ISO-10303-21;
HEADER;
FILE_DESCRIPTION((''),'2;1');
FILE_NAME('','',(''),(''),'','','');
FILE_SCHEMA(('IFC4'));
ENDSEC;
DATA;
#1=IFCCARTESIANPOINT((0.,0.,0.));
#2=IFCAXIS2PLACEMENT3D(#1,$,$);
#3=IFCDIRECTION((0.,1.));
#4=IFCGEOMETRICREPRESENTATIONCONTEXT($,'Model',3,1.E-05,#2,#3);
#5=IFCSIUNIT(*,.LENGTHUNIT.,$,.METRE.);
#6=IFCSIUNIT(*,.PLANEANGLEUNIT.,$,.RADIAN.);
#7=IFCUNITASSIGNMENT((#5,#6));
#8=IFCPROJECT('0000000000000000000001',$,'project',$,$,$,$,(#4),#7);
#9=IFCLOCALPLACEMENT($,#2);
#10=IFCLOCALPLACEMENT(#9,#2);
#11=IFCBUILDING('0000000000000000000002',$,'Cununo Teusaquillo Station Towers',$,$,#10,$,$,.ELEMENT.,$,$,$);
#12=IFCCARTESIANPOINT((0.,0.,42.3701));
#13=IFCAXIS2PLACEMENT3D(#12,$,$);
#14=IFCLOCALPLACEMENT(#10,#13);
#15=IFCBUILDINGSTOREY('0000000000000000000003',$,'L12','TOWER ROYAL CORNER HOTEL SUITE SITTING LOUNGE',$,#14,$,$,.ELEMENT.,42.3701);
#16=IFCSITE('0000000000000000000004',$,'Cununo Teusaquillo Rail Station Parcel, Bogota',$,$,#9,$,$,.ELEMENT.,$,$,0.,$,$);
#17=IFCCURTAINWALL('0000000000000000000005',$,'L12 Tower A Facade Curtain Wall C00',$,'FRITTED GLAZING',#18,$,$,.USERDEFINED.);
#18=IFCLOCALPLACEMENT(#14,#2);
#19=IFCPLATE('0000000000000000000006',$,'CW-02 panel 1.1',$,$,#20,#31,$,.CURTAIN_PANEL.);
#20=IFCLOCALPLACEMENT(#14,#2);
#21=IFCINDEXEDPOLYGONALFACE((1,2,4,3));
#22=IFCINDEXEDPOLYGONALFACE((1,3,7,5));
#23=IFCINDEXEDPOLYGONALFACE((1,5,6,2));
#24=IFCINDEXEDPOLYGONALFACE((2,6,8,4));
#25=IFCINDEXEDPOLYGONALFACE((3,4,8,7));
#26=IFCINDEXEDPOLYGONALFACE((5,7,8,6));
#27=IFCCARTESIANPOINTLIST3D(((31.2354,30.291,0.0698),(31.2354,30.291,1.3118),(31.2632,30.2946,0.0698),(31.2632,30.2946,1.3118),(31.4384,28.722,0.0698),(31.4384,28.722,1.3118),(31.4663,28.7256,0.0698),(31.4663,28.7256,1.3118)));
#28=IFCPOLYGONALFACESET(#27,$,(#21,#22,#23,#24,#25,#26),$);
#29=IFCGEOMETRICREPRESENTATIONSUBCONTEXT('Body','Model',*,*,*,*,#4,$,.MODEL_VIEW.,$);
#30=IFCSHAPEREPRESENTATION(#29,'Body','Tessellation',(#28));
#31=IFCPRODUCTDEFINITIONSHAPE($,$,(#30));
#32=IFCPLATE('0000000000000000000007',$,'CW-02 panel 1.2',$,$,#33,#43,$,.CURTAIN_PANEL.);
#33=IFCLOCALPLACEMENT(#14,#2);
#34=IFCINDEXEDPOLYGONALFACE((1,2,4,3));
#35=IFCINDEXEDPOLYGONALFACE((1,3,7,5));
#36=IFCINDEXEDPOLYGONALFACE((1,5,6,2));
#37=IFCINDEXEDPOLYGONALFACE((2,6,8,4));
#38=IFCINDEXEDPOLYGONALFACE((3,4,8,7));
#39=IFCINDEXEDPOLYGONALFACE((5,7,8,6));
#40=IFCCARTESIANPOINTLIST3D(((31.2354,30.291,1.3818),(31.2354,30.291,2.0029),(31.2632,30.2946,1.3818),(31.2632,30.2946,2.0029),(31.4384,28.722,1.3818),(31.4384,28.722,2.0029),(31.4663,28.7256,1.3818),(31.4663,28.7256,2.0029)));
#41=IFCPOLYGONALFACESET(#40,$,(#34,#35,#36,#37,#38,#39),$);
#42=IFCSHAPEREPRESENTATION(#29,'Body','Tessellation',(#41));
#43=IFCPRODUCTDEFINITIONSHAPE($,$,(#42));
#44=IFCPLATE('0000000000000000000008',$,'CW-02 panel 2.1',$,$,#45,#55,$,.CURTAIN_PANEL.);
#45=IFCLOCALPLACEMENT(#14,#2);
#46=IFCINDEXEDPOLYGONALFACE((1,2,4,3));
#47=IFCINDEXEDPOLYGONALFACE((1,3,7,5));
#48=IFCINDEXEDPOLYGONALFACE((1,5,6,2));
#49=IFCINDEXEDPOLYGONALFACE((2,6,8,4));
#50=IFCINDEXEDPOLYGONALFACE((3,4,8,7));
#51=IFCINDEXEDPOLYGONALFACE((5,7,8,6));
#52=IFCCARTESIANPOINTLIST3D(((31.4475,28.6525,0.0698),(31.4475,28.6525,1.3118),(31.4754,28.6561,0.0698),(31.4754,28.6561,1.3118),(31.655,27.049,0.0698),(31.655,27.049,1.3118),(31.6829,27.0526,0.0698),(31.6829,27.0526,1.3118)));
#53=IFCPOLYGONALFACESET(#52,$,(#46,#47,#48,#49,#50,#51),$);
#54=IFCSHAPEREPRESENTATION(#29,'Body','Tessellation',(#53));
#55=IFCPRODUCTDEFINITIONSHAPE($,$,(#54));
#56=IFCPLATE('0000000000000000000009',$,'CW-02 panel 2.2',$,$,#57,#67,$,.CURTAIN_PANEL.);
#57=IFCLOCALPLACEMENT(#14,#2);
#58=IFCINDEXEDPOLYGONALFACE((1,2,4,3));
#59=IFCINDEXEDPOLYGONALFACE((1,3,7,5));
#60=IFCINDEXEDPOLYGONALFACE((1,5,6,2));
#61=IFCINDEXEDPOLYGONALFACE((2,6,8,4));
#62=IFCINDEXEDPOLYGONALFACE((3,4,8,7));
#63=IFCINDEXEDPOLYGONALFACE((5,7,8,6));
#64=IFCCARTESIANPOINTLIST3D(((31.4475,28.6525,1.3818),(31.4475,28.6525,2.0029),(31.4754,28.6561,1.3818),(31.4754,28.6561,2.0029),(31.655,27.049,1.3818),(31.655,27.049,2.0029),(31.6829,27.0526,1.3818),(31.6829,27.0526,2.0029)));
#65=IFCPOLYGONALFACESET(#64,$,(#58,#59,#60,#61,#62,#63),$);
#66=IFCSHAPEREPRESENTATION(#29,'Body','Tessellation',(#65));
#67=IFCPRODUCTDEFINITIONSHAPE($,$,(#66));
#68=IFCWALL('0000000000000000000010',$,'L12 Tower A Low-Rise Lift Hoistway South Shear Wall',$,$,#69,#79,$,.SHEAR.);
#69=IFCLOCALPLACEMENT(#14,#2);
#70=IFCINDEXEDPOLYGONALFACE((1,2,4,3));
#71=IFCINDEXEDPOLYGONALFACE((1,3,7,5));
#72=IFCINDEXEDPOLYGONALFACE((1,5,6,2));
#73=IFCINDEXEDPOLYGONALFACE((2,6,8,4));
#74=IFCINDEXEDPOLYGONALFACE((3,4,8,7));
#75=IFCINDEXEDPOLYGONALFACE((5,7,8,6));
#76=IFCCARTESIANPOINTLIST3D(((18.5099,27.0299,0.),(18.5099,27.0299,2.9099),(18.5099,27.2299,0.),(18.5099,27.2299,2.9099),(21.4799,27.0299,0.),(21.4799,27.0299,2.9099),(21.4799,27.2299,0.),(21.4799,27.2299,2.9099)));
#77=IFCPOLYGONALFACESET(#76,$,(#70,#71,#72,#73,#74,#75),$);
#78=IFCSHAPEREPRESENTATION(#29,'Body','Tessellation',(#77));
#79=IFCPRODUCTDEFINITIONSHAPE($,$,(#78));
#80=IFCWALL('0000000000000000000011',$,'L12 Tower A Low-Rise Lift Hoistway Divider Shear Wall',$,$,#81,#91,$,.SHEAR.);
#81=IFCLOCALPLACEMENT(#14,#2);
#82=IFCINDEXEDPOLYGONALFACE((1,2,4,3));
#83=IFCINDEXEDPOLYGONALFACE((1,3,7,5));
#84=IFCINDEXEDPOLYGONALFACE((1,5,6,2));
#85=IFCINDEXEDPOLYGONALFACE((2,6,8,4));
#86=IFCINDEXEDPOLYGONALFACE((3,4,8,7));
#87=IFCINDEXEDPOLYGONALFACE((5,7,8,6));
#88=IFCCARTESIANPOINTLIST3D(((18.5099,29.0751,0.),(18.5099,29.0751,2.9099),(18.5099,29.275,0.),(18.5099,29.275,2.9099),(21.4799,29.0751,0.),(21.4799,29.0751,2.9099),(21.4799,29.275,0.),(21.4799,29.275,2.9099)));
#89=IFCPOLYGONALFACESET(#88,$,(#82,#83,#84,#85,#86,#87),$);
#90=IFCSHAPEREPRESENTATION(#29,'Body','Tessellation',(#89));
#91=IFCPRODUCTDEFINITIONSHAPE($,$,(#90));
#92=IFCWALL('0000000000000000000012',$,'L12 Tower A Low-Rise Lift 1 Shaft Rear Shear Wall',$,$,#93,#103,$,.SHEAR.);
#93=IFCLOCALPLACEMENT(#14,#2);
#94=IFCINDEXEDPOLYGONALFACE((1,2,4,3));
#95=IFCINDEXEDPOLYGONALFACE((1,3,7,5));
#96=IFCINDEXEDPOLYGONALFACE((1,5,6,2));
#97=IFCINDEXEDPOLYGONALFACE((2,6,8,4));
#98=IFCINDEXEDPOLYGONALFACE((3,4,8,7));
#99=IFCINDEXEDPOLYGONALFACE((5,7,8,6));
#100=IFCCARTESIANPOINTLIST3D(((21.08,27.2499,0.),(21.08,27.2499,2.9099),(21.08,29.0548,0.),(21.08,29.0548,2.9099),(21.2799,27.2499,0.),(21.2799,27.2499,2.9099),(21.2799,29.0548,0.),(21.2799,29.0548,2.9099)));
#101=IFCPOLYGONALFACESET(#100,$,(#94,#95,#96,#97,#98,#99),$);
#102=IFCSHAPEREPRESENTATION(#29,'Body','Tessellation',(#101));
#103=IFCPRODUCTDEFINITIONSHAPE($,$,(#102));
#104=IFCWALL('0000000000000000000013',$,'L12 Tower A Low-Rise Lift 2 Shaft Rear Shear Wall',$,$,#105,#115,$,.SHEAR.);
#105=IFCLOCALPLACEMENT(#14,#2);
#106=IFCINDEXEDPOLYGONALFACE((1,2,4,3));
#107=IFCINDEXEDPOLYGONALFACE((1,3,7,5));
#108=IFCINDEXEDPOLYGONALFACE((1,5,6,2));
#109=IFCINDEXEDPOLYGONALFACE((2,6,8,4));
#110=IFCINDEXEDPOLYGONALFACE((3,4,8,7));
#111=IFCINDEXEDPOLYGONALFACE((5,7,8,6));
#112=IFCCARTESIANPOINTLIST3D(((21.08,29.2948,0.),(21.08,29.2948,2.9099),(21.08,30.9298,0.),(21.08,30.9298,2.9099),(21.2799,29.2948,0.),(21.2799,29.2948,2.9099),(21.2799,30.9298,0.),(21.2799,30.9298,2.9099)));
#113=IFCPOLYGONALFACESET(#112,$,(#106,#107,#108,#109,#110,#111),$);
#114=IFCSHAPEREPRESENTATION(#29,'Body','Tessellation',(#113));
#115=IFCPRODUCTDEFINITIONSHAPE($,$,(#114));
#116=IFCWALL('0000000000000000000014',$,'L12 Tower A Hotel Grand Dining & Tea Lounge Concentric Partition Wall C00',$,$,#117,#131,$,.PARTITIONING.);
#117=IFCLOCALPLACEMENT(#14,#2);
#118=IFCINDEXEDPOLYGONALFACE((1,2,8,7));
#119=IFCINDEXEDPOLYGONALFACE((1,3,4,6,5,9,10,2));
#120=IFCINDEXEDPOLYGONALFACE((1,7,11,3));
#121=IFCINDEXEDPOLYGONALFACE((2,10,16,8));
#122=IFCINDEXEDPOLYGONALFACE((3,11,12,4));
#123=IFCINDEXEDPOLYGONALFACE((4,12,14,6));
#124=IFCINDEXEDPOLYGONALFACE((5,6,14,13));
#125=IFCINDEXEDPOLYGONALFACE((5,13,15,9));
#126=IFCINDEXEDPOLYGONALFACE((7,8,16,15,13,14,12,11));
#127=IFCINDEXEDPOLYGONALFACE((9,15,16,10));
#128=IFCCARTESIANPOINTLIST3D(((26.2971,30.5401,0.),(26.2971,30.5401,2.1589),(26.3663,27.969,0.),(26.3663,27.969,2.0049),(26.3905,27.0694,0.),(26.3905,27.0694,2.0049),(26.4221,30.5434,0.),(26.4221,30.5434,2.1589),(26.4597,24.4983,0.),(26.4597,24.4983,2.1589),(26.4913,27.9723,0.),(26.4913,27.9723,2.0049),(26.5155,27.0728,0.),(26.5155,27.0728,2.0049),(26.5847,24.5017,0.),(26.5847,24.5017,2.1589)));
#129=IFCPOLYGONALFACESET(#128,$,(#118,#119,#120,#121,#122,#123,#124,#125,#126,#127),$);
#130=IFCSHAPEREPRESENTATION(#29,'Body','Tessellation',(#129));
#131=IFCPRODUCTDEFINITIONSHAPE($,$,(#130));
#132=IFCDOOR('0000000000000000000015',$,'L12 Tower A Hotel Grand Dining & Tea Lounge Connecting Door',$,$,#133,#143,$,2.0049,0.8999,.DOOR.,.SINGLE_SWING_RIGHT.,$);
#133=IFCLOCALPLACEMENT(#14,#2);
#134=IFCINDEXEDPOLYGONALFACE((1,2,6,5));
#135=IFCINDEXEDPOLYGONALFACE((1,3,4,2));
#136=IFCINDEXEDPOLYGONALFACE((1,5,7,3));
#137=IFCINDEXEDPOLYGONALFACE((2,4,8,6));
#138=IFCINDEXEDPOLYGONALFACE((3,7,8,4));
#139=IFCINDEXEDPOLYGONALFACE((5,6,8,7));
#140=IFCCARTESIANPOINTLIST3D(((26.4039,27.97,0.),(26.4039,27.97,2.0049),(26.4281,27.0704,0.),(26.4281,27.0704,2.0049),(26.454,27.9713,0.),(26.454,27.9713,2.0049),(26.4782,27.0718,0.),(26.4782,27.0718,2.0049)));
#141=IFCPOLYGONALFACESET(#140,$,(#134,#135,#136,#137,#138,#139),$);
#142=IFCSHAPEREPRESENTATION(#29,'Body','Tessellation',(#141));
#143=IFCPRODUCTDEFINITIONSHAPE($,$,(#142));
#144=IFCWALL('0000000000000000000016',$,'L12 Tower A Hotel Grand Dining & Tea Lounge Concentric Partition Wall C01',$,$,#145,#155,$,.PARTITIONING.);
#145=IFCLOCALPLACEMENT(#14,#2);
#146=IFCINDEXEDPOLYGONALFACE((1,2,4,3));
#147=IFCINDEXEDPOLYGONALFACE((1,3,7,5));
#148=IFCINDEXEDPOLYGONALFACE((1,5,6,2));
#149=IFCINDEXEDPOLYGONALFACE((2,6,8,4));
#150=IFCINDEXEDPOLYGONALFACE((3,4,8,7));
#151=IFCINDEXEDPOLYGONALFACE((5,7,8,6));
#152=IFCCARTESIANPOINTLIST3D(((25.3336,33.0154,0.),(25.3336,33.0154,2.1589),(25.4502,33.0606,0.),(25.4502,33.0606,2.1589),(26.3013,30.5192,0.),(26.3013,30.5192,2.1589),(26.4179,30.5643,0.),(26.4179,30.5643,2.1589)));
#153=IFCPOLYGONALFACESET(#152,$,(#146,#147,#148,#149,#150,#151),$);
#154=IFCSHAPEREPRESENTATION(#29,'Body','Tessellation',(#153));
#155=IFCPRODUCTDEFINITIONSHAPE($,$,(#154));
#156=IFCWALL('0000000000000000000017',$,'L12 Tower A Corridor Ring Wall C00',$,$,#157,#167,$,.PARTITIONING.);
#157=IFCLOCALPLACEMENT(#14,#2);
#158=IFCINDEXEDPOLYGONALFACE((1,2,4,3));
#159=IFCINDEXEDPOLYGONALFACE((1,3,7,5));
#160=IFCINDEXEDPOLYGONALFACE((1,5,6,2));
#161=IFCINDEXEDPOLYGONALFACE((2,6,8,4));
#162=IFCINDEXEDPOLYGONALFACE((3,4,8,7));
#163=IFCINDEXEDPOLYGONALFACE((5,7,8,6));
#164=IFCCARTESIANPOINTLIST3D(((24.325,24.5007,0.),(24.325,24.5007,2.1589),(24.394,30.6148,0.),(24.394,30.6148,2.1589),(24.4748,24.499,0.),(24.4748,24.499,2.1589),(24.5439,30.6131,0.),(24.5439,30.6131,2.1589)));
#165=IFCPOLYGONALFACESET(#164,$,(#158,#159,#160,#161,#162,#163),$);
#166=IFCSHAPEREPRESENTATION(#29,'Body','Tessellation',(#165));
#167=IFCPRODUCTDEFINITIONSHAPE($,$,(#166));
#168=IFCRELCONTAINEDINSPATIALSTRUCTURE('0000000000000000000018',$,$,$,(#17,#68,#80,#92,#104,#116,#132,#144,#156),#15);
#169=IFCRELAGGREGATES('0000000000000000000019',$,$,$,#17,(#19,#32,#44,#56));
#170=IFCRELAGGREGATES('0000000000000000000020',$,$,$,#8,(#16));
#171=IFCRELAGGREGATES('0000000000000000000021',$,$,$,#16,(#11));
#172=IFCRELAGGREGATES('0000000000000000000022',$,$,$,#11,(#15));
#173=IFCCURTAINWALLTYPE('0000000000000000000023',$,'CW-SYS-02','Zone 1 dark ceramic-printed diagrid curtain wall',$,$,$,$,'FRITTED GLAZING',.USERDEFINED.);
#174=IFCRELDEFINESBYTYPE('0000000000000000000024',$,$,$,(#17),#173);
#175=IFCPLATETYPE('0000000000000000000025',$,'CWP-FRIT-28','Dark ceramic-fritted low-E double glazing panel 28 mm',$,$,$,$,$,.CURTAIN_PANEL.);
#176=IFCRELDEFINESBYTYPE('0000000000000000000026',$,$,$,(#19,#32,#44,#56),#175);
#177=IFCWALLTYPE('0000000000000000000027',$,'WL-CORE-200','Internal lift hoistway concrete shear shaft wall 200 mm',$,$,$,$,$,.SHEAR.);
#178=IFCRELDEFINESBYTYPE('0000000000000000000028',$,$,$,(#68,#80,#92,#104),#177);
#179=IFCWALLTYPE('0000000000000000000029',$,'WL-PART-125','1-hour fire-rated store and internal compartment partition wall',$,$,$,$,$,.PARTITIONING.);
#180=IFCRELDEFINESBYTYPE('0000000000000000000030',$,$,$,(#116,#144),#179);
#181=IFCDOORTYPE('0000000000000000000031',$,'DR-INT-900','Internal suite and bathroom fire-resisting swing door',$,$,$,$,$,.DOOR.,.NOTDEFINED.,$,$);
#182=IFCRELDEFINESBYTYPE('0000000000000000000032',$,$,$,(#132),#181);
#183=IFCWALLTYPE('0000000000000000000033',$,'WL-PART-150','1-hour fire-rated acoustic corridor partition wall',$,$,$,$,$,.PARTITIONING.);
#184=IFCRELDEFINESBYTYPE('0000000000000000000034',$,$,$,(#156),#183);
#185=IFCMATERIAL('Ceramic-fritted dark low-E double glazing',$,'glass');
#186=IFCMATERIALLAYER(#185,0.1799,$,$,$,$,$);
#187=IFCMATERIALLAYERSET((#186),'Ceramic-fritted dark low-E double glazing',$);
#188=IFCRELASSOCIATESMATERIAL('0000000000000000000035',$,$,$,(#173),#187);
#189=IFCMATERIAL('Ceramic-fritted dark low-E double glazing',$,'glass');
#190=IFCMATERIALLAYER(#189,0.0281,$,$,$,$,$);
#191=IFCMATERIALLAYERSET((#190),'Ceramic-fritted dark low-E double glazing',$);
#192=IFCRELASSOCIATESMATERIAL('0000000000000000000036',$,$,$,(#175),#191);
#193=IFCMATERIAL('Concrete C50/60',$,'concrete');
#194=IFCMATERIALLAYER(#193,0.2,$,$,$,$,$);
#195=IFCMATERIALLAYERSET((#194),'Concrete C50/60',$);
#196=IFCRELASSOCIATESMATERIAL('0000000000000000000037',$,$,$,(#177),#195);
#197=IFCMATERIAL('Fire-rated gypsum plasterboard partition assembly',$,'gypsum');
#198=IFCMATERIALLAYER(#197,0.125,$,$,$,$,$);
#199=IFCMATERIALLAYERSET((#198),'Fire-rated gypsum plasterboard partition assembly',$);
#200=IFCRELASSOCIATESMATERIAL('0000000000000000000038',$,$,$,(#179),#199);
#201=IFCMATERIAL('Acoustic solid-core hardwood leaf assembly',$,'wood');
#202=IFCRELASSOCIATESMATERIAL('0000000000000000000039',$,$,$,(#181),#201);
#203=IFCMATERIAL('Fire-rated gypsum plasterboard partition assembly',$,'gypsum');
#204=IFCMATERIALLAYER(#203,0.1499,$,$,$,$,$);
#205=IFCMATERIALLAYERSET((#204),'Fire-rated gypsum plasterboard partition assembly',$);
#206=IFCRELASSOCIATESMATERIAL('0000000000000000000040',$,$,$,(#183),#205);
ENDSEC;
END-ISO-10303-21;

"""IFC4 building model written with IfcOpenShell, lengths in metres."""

from ifc_helpers import new_model, si_unit, direction, frame, frame_2d, origin, origin_2d, place, context, subcontext, project, spatial, rectangle, extrude, source, transform, mapped, material, layer, layer_set, type_object, element, fill, aggregate, save


model = new_model("IFC4")

# Units and contexts
model_context = context("Model", 3, precision=1e-05, world=origin(), true_north=direction((0.0, 1.0)))
body_context = subcontext(model_context, "Body", "Model", "MODEL_VIEW")
ifc_project = project(units=[si_unit("LENGTHUNIT", "METRE"), si_unit("PLANEANGLEUNIT", "RADIAN")], contexts=[model_context])

# Site, building, storey
site_placement = place(None, origin())
site = spatial("IfcSite", under=ifc_project, at=site_placement, Name="Cununo Teusaquillo Rail Station Parcel, Bogota", CompositionType="ELEMENT", RefElevation=0.0)
building_placement = place(site_placement, origin())
building = spatial("IfcBuilding", under=site, at=building_placement, Name="Cununo Teusaquillo Station Towers", CompositionType="ELEMENT")
storey_placement = place(building_placement, frame((0.0, 0.0, 42.3701)))
storey = spatial("IfcBuildingStorey", under=building, at=storey_placement, Name="L12", Description="TOWER ROYAL CORNER HOTEL SUITE SITTING LOUNGE", CompositionType="ELEMENT", Elevation=42.3701)

# Curtain wall, plates
ifc_material_1 = material(Name="Ceramic-fritted dark low-E double glazing", Category="glass")
ifc_layer_1 = layer(ifc_material_1, 0.1799)
ifc_layer_set_1 = layer_set([ifc_layer_1], Name="Ceramic-fritted dark low-E double glazing")
curtain_wall_type = type_object("IfcCurtainWallType", Name="CW-SYS-02", Description="Zone 1 dark ceramic-printed diagrid curtain wall", ElementType="FRITTED GLAZING", PredefinedType="USERDEFINED", material=ifc_layer_set_1)
curtain_wall_placement = place(storey_placement, origin())
curtain_wall = element("IfcCurtainWall", 1, at=curtain_wall_placement, inside=storey, type_object=curtain_wall_type, Name="L12 Tower A Facade Curtain Wall C00", ObjectType="FRITTED GLAZING", PredefinedType="USERDEFINED")
ifc_material_2 = material(Name="Ceramic-fritted dark low-E double glazing", Category="glass")
ifc_layer_2 = layer(ifc_material_2, 0.0281)
ifc_layer_set_2 = layer_set([ifc_layer_2], Name="Ceramic-fritted dark low-E double glazing")
plate_type = type_object("IfcPlateType", Name="CWP-FRIT-28", Description="Dark ceramic-fritted low-E double glazing panel 28 mm", PredefinedType="CURTAIN_PANEL", material=ifc_layer_set_2)
shared_shape_1 = source(origin(), body_context, "Body", "SweptSolid", [
    extrude(rectangle(XDim=1.582, YDim=0.0281, at=origin_2d()), origin(), (0.0, 0.0, 1.0), 1.2419),
])
plate_1_placement = place(storey_placement, frame((31.3508, 29.5083, 0.0698), z_axis=(0.0, 0.0, 1.0), x_axis=(0.128336, -0.991731, 0.0)))
plate_1 = element("IfcPlate", 2, at=plate_1_placement, type_object=plate_type, Name="CW-02 panel 1.1", PredefinedType="CURTAIN_PANEL", context=body_context, shape_type="MappedRepresentation", body=[
    mapped(shared_shape_1, transform((0.0, 0.0, 0.0), x_axis=(1.0, 0.0, 0.0), y_axis=(0.0, 1.0, 0.0), z_axis=(0.0, 0.0, 1.0), scale=1.0)),
])
shared_shape_2 = source(origin(), body_context, "Body", "SweptSolid", [
    extrude(rectangle(XDim=1.582, YDim=0.0281, at=origin_2d()), origin(), (0.0, 0.0, 1.0), 0.6211),
])
plate_2_placement = place(storey_placement, frame((31.3508, 29.5083, 1.3818), z_axis=(0.0, 0.0, 1.0), x_axis=(0.128336, -0.991731, 0.0)))
plate_2 = element("IfcPlate", 3, at=plate_2_placement, type_object=plate_type, Name="CW-02 panel 1.2", PredefinedType="CURTAIN_PANEL", context=body_context, shape_type="MappedRepresentation", body=[
    mapped(shared_shape_2, transform((0.0, 0.0, 0.0), x_axis=(1.0, 0.0, 0.0), y_axis=(0.0, 1.0, 0.0), z_axis=(0.0, 0.0, 1.0), scale=1.0)),
])
shared_shape_3 = source(origin(), body_context, "Body", "SweptSolid", [
    extrude(rectangle(XDim=1.6169, YDim=0.0281, at=origin_2d()), origin(), (0.0, 0.0, 1.0), 1.2419),
])
plate_3_placement = place(storey_placement, frame((31.5652, 27.8525, 0.0698), z_axis=(0.0, 0.0, 1.0), x_axis=(0.128336, -0.991731, 0.0)))
plate_3 = element("IfcPlate", 4, at=plate_3_placement, type_object=plate_type, Name="CW-02 panel 2.1", PredefinedType="CURTAIN_PANEL", context=body_context, shape_type="MappedRepresentation", body=[
    mapped(shared_shape_3, transform((0.0, 0.0, 0.0), x_axis=(1.0, 0.0, 0.0), y_axis=(0.0, 1.0, 0.0), z_axis=(0.0, 0.0, 1.0), scale=1.0)),
])
shared_shape_4 = source(origin(), body_context, "Body", "SweptSolid", [
    extrude(rectangle(XDim=1.6169, YDim=0.0281, at=origin_2d()), origin(), (0.0, 0.0, 1.0), 0.6211),
])
plate_4_placement = place(storey_placement, frame((31.5652, 27.8525, 1.3818), z_axis=(0.0, 0.0, 1.0), x_axis=(0.128336, -0.991731, 0.0)))
plate_4 = element("IfcPlate", 5, at=plate_4_placement, type_object=plate_type, Name="CW-02 panel 2.2", PredefinedType="CURTAIN_PANEL", context=body_context, shape_type="MappedRepresentation", body=[
    mapped(shared_shape_4, transform((0.0, 0.0, 0.0), x_axis=(1.0, 0.0, 0.0), y_axis=(0.0, 1.0, 0.0), z_axis=(0.0, 0.0, 1.0), scale=1.0)),
])
aggregate(curtain_wall, [plate_1, plate_2, plate_3, plate_4])

# Walls
ifc_material_3 = material(Name="Concrete C50/60", Category="concrete")
ifc_layer_3 = layer(ifc_material_3, 0.2)
ifc_layer_set_3 = layer_set([ifc_layer_3], Name="Concrete C50/60")
wall_type_1 = type_object("IfcWallType", Name="WL-CORE-200", Description="Internal lift hoistway concrete shear shaft wall 200 mm", PredefinedType="SHEAR", material=ifc_layer_set_3)
for number, where, z_axis, x_axis, name in (
    (6, (18.51, 27.1299, 0.0), (0.0, 0.0, 1.0), (1.0, 0.0, 0.0), "L12 Tower A Low-Rise Lift Hoistway South Shear Wall"),
    (7, (18.51, 29.175, 0.0), (0.0, 0.0, 1.0), (1.0, 0.0, 0.0), "L12 Tower A Low-Rise Lift Hoistway Divider Shear Wall"),
):
    element("IfcWall", number, at=place(storey_placement, frame(where, z_axis=z_axis, x_axis=x_axis)), inside=storey, type_object=wall_type_1, Name=name, PredefinedType="SHEAR", context=body_context, shape_type="SweptSolid", body=[
        extrude(rectangle(XDim=2.97, YDim=0.2, at=frame_2d((1.4849, 0.0))), origin(), (0.0, 0.0, 1.0), 2.9099),
    ])
wall_1_placement = place(storey_placement, frame((21.1799, 27.25, 0.0), z_axis=(0.0, 0.0, 1.0), x_axis=(0.0, 1.0, 0.0)))
element("IfcWall", 8, at=wall_1_placement, inside=storey, type_object=wall_type_1, Name="L12 Tower A Low-Rise Lift 1 Shaft Rear Shear Wall", PredefinedType="SHEAR", context=body_context, shape_type="SweptSolid", body=[
    extrude(rectangle(XDim=1.8049, YDim=0.2, at=frame_2d((0.9023, 0.0))), origin(), (0.0, 0.0, 1.0), 2.9099),
])
wall_2_placement = place(storey_placement, frame((21.1799, 29.2949, 0.0), z_axis=(0.0, 0.0, 1.0), x_axis=(0.0, 1.0, 0.0)))
element("IfcWall", 9, at=wall_2_placement, inside=storey, type_object=wall_type_1, Name="L12 Tower A Low-Rise Lift 2 Shaft Rear Shear Wall", PredefinedType="SHEAR", context=body_context, shape_type="SweptSolid", body=[
    extrude(rectangle(XDim=1.635, YDim=0.2, at=frame_2d((0.8174, 0.0))), origin(), (0.0, 0.0, 1.0), 2.9099),
])

# Wall, opening, door
ifc_material_4 = material(Name="Fire-rated gypsum plasterboard partition assembly", Category="gypsum")
ifc_layer_4 = layer(ifc_material_4, 0.125)
ifc_layer_set_4 = layer_set([ifc_layer_4], Name="Fire-rated gypsum plasterboard partition assembly")
wall_type_2 = type_object("IfcWallType", Name="WL-PART-125", Description="1-hour fire-rated store and internal compartment partition wall", PredefinedType="PARTITIONING", material=ifc_layer_set_4)
wall_3_placement = place(storey_placement, frame((26.5222, 24.5, 0.0), z_axis=(0.0, 0.0, 1.0), x_axis=(-0.026903, 0.999638, 0.0)))
wall_3 = element("IfcWall", 10, at=wall_3_placement, inside=storey, type_object=wall_type_2, Name="L12 Tower A Hotel Grand Dining & Tea Lounge Concentric Partition Wall C00", PredefinedType="PARTITIONING", context=body_context, shape_type="SweptSolid", body=[
    extrude(rectangle(XDim=6.0439, YDim=0.125, at=frame_2d((3.022, 0.0))), origin(), (0.0, 0.0, 1.0), 2.1589),
])
shared_shape_5 = source(origin(), body_context, "Body", "SweptSolid", [
    extrude(rectangle(XDim=0.8999, YDim=2.0049, at=frame_2d((0.45, 1.0024))), frame((0.0, 0.0725, 0.0), z_axis=(0.0, -1.0, 0.0), x_axis=(1.0, 0.0, 0.0)), (0.0, 0.0, 1.0), 0.145),
])
opening_placement = place(wall_3_placement, frame((2.572, 0.0, 0.0)))
opening = element("IfcOpeningElement", 11, at=opening_placement, cuts=wall_3, PredefinedType="OPENING", context=body_context, shape_type="MappedRepresentation", body=[
    mapped(shared_shape_5, transform((0.0, 0.0, 0.0), x_axis=(1.0, 0.0, 0.0), y_axis=(0.0, 1.0, 0.0), z_axis=(0.0, 0.0, 1.0), scale=1.0)),
])
ifc_material_5 = material(Name="Acoustic solid-core hardwood leaf assembly", Category="wood")
door_type = type_object("IfcDoorType", Name="DR-INT-900", Description="Internal suite and bathroom fire-resisting swing door", OperationType="NOTDEFINED", PredefinedType="DOOR", material=ifc_material_5)
shared_shape_6 = source(origin(), body_context, "Body", "SweptSolid", [
    extrude(rectangle(XDim=0.8999, YDim=2.0049, at=frame_2d((0.45, 1.0024))), frame((0.0, 0.0249, 0.0), z_axis=(0.0, -1.0, 0.0), x_axis=(1.0, 0.0, 0.0)), (0.0, 0.0, 1.0), 0.05),
])
door_placement = place(opening_placement, origin())
door = element("IfcDoor", 12, at=door_placement, inside=storey, type_object=door_type, Name="L12 Tower A Hotel Grand Dining & Tea Lounge Connecting Door", OperationType="SINGLE_SWING_RIGHT", OverallHeight=2.0049, OverallWidth=0.8999, PredefinedType="DOOR", context=body_context, shape_type="MappedRepresentation", body=[
    mapped(shared_shape_6, transform((0.0, 0.0, 0.0), x_axis=(1.0, 0.0, 0.0), y_axis=(0.0, 1.0, 0.0), z_axis=(0.0, 0.0, 1.0), scale=1.0)),
])
fill(opening, door)

# Walls
wall_4_placement = place(storey_placement, frame((26.3596, 30.5417, 0.0), z_axis=(0.0, 0.0, 1.0), x_axis=(-0.361465, 0.932386, 0.0)))
element("IfcWall", 13, at=wall_4_placement, inside=storey, type_object=wall_type_2, Name="L12 Tower A Hotel Grand Dining & Tea Lounge Concentric Partition Wall C01", PredefinedType="PARTITIONING", context=body_context, shape_type="SweptSolid", body=[
    extrude(rectangle(XDim=2.6772, YDim=0.125, at=frame_2d((1.3386, 0.0))), origin(), (0.0, 0.0, 1.0), 2.1589),
])
ifc_material_6 = material(Name="Fire-rated gypsum plasterboard partition assembly", Category="gypsum")
ifc_layer_5 = layer(ifc_material_6, 0.1499)
ifc_layer_set_5 = layer_set([ifc_layer_5], Name="Fire-rated gypsum plasterboard partition assembly")
wall_type_3 = type_object("IfcWallType", Name="WL-PART-150", Description="1-hour fire-rated acoustic corridor partition wall", PredefinedType="PARTITIONING", material=ifc_layer_set_5)
wall_5_placement = place(storey_placement, frame((24.3999, 24.5, 0.0), z_axis=(0.0, 0.0, 1.0), x_axis=(0.0113, 0.999936, 0.0)))
element("IfcWall", 14, at=wall_5_placement, inside=storey, type_object=wall_type_3, Name="L12 Tower A Corridor Ring Wall C00", PredefinedType="PARTITIONING", context=body_context, shape_type="SweptSolid", body=[
    extrude(rectangle(XDim=6.1145, YDim=0.1499, at=frame_2d((3.0571, 0.0))), origin(), (0.0, 0.0, 1.0), 2.1589),
])

save(model, "model.ifc")
